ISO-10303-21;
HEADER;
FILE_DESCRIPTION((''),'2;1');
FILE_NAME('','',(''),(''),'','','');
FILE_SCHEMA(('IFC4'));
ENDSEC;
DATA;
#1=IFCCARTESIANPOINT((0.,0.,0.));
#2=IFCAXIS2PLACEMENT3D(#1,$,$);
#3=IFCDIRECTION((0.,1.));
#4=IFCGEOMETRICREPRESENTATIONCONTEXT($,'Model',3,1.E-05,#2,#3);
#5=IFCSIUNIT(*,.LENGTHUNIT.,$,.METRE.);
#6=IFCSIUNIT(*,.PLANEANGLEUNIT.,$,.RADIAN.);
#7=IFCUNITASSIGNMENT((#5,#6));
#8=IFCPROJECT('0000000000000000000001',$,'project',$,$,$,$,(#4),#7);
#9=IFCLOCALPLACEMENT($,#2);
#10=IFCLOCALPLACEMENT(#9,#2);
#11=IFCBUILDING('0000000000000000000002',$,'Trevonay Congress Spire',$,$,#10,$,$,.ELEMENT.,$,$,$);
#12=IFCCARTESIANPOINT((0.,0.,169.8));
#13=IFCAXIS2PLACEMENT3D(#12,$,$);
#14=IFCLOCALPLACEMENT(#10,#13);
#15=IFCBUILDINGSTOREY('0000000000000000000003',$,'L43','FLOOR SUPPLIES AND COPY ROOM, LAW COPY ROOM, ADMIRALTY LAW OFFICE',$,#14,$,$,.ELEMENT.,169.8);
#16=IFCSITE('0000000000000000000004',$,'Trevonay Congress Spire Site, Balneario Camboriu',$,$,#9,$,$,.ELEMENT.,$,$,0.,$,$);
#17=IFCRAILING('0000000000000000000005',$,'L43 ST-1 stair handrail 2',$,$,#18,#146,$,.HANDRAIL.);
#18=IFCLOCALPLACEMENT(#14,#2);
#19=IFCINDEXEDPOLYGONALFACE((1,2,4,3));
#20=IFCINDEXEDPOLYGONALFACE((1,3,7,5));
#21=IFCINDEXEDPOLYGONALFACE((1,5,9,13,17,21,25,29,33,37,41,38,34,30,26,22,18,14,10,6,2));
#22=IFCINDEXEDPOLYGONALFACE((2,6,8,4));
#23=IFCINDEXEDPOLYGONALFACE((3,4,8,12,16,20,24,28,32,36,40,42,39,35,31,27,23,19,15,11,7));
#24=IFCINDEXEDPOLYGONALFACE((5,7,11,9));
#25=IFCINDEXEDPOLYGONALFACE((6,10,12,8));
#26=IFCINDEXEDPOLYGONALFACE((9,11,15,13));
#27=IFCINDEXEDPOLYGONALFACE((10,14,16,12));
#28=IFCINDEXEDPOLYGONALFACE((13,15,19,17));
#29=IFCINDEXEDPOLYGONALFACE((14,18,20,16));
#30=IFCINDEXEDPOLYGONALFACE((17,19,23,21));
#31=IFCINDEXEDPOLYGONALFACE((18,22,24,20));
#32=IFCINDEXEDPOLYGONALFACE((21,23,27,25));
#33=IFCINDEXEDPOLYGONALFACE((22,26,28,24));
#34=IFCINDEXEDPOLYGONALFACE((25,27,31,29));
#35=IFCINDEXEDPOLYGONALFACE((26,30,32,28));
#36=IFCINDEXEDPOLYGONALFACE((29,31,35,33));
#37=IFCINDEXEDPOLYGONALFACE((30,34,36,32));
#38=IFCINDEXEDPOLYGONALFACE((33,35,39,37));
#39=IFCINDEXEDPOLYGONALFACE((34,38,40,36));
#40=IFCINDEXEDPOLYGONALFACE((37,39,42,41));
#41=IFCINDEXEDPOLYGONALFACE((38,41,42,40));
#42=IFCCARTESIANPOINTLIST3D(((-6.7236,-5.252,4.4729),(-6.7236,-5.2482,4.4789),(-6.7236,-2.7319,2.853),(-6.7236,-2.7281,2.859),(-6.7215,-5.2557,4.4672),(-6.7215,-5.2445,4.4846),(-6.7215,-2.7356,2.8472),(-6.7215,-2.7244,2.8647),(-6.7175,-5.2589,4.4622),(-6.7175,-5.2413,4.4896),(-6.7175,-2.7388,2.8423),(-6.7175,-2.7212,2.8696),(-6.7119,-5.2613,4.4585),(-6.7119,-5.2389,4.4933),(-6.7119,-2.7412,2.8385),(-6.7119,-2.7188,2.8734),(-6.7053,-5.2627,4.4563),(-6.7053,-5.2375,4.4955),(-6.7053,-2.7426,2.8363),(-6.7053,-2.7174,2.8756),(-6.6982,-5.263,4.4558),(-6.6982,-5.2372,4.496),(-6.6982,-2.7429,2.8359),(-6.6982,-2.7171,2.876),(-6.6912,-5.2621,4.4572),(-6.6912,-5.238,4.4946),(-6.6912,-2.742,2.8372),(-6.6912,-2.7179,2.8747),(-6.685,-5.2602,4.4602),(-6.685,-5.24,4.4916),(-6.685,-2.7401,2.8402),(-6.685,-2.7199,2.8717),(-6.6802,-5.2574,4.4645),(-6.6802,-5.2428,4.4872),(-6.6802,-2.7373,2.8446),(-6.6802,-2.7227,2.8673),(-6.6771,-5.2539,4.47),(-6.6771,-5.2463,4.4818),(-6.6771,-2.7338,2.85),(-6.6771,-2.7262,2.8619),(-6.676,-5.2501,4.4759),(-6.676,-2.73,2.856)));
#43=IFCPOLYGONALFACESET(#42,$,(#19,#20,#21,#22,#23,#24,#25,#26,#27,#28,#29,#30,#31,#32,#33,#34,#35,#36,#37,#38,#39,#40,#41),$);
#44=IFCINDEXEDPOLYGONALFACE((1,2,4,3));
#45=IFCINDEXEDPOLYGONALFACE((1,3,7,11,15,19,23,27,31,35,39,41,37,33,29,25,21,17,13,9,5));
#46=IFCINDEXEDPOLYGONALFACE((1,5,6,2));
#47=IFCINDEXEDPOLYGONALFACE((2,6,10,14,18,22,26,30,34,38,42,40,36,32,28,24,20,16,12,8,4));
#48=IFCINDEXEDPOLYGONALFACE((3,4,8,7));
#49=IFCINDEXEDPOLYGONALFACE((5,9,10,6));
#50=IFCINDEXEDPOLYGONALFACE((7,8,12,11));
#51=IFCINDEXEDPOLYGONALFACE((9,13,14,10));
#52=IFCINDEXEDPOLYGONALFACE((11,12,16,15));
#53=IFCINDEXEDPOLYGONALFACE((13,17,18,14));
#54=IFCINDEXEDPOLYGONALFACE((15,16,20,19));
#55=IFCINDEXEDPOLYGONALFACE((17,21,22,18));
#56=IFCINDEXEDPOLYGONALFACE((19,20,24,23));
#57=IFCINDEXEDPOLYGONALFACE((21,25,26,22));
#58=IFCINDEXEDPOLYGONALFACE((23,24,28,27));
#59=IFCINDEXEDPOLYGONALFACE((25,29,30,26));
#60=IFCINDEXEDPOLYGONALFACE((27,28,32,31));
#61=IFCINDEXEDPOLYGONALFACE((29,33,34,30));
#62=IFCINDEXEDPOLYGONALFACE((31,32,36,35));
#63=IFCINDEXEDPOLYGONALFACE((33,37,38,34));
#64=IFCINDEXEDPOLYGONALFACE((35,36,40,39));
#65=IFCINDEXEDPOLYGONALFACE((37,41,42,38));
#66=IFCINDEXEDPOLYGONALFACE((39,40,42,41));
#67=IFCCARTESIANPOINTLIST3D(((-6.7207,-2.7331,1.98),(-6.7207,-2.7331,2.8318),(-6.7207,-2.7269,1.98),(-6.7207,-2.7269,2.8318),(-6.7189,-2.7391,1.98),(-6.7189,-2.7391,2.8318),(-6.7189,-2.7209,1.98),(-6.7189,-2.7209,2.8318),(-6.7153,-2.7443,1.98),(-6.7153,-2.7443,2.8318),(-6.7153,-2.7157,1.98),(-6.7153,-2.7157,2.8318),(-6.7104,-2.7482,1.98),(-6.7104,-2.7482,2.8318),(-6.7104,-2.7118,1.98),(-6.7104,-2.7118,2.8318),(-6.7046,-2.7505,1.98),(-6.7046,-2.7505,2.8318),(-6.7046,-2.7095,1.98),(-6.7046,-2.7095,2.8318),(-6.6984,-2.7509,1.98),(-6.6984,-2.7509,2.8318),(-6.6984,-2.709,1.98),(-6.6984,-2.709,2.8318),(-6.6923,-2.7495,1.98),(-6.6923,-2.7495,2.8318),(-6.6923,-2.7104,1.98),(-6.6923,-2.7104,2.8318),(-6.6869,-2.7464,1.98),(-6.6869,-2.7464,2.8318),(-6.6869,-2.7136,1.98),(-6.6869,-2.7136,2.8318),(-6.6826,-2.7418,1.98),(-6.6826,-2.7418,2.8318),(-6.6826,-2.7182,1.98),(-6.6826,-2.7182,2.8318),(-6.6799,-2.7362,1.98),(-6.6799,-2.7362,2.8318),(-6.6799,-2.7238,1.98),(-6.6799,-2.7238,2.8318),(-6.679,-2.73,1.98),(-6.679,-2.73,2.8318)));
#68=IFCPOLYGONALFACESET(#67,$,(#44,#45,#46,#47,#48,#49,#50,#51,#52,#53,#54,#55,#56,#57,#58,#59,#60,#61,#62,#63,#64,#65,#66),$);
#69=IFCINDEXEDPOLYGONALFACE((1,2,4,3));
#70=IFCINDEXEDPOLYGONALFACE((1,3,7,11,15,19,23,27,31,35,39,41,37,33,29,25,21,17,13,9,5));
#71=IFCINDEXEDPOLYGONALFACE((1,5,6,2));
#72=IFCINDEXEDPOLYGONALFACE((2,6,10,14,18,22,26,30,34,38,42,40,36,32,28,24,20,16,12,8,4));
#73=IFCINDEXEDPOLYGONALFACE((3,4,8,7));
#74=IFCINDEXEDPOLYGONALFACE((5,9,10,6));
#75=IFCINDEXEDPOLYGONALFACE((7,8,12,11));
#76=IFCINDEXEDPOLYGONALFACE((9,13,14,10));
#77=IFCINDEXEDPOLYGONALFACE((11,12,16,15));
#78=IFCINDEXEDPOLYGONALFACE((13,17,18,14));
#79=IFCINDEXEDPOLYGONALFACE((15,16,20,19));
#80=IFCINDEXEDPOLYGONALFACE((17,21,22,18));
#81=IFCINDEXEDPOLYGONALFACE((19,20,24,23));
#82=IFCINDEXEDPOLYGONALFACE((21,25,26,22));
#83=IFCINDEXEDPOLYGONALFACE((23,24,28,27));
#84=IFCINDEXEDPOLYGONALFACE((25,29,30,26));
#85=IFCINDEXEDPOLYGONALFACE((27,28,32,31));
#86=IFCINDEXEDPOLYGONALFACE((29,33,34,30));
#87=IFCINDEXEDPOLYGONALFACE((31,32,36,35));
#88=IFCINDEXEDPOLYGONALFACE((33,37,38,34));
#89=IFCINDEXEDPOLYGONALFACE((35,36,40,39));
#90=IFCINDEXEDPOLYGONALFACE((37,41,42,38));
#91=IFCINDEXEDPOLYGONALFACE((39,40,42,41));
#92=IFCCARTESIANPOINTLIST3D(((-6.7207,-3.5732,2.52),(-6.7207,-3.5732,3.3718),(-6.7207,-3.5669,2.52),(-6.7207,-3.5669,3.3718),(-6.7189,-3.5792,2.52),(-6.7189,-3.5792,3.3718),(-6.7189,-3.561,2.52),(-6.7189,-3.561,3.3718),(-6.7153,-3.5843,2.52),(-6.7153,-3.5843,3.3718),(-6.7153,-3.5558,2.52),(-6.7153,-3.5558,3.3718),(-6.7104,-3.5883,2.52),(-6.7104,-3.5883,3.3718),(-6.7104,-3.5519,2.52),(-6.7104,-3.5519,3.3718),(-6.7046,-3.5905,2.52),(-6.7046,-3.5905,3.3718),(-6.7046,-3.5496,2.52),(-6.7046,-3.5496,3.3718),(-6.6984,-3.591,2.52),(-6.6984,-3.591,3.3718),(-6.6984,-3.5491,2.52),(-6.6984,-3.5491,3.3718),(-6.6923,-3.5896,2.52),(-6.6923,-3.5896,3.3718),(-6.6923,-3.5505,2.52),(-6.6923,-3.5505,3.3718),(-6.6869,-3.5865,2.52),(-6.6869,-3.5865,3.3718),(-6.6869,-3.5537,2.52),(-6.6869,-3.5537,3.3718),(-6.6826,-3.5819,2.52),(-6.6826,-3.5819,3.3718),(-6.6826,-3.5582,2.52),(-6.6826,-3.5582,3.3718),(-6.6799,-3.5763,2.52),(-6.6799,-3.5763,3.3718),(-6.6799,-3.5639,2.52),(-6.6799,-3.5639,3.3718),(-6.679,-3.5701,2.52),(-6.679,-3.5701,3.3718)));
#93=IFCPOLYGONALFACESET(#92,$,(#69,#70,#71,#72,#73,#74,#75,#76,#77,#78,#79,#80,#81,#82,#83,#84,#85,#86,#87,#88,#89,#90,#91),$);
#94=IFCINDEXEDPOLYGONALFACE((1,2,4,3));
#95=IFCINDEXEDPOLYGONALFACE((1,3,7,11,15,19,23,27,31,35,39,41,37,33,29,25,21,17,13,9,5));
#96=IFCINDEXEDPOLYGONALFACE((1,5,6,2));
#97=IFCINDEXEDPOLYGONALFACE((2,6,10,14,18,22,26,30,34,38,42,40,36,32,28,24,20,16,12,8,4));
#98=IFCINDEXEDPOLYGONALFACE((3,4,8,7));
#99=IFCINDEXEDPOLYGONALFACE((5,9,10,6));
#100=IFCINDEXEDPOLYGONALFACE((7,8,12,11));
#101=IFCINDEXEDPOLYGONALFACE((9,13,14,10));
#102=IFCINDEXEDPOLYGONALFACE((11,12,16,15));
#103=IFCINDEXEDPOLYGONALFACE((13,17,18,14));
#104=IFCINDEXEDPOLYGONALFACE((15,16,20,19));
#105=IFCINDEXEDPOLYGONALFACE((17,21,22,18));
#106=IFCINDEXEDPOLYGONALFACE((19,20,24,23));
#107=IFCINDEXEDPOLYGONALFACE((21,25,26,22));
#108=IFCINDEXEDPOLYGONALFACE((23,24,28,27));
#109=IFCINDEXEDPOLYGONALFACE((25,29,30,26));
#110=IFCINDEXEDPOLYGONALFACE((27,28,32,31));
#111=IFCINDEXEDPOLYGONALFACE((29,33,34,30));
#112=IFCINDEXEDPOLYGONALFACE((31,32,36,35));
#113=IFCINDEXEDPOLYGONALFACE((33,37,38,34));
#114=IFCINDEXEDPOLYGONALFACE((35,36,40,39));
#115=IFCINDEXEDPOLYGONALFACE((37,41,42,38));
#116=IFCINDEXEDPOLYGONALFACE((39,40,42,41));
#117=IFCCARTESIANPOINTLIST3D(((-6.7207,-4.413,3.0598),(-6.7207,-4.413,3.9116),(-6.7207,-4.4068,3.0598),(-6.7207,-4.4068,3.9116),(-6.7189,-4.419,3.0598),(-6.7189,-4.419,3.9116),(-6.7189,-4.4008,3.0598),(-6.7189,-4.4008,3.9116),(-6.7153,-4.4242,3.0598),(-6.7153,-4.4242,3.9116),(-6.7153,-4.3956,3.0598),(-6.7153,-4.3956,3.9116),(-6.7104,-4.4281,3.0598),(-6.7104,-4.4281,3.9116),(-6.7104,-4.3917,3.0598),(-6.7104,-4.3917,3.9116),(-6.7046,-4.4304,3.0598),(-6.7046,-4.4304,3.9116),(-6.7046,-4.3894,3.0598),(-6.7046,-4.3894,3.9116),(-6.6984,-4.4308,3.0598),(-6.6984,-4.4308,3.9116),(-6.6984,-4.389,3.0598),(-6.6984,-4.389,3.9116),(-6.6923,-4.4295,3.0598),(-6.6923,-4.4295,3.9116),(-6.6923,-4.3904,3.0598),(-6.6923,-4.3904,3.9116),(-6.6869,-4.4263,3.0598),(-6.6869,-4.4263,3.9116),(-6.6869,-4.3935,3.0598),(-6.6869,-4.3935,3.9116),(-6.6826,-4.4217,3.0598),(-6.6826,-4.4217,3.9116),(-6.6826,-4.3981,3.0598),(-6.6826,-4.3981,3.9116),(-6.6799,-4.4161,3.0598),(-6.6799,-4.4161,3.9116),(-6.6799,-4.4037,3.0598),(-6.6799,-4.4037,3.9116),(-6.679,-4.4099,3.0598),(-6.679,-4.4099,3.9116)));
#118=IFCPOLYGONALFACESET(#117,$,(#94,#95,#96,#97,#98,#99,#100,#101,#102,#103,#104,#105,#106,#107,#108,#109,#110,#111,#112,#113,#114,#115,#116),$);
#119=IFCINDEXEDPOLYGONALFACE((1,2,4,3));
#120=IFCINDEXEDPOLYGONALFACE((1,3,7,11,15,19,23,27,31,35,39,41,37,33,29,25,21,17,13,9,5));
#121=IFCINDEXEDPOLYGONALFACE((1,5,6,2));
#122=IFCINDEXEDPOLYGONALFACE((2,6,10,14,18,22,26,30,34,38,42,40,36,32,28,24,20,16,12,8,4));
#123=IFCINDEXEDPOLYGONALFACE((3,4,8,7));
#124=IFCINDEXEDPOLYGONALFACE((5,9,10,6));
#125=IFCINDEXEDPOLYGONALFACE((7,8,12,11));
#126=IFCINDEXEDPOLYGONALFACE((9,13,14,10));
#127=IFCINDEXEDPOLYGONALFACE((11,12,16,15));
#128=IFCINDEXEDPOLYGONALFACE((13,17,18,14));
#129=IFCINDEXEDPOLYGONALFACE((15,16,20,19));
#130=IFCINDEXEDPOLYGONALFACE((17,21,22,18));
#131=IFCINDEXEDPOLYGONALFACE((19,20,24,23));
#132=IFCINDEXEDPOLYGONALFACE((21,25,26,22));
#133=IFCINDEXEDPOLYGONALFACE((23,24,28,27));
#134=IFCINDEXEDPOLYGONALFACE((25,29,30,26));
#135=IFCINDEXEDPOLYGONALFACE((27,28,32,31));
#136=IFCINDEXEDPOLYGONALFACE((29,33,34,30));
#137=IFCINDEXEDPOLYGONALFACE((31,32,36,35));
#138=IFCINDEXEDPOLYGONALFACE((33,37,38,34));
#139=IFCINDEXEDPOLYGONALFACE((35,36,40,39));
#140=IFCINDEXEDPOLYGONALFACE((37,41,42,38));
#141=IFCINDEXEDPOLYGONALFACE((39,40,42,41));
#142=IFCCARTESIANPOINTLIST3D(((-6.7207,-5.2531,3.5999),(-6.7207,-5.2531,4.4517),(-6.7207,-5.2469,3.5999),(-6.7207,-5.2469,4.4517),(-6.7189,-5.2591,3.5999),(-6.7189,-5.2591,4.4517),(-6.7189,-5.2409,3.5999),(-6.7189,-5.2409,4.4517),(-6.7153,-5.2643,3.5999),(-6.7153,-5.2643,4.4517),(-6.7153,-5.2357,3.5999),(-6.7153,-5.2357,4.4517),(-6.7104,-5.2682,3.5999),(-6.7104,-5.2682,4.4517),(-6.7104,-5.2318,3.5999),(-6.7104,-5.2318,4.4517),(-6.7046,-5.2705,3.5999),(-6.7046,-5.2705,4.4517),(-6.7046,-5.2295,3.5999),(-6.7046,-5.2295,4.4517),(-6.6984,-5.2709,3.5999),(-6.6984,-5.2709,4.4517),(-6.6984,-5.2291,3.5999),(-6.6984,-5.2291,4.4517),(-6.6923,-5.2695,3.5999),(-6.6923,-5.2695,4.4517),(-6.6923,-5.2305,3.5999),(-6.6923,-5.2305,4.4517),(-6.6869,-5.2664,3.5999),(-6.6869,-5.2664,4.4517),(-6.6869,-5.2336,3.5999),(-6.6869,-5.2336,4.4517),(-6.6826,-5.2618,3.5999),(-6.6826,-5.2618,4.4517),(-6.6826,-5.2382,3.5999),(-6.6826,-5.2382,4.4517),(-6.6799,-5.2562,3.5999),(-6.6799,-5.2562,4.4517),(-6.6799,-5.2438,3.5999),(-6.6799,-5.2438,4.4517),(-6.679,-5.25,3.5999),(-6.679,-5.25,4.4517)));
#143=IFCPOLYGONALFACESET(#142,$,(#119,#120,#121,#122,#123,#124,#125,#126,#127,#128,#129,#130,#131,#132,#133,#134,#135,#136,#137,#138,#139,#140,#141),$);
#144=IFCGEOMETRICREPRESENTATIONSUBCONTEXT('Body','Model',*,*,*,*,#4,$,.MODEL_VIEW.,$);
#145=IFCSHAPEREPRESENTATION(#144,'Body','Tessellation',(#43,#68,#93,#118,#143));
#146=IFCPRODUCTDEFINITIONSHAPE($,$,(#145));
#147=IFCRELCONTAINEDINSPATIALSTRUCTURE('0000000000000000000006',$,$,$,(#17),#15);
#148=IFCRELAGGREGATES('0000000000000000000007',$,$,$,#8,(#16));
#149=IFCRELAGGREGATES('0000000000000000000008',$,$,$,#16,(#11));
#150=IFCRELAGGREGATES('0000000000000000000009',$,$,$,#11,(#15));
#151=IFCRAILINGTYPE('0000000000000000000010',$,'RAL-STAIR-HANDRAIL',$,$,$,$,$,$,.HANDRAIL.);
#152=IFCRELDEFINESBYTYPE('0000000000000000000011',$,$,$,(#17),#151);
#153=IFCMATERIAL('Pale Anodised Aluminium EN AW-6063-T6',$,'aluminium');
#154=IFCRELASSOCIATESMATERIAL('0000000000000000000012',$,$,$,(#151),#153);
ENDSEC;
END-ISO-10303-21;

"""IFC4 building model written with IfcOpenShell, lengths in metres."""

from ifc_helpers import new_model, si_unit, direction, frame, origin, origin_2d, place, context, subcontext, project, spatial, circle, extrude, material, type_object, element, save


model = new_model("IFC4")

# Units and contexts
model_context = context("Model", 3, precision=1e-05, world=origin(), true_north=direction((0.0, 1.0)))
body_context = subcontext(model_context, "Body", "Model", "MODEL_VIEW")
ifc_project = project(units=[si_unit("LENGTHUNIT", "METRE"), si_unit("PLANEANGLEUNIT", "RADIAN")], contexts=[model_context])

# Site, building, storey
site_placement = place(None, origin())
site = spatial("IfcSite", under=ifc_project, at=site_placement, Name="Trevonay Congress Spire Site, Balneario Camboriu", CompositionType="ELEMENT", RefElevation=0.0)
building_placement = place(site_placement, origin())
building = spatial("IfcBuilding", under=site, at=building_placement, Name="Trevonay Congress Spire", CompositionType="ELEMENT")
storey_placement = place(building_placement, frame((0.0, 0.0, 169.8)))
storey = spatial("IfcBuildingStorey", under=building, at=storey_placement, Name="L43", Description="FLOOR SUPPLIES AND COPY ROOM, LAW COPY ROOM, ADMIRALTY LAW OFFICE", CompositionType="ELEMENT", Elevation=169.8)

# Railing
ifc_material_1 = material(Name="Pale Anodised Aluminium EN AW-6063-T6", Category="aluminium")
railing_type_1 = type_object("IfcRailingType", Name="RAL-STAIR-HANDRAIL", PredefinedType="HANDRAIL", material=ifc_material_1)
railing_1_placement = place(storey_placement, frame((-6.7, -2.73, 1.98)))
element("IfcRailing", 1, at=railing_1_placement, inside=storey, type_object=railing_type_1, Name="L43 ST-1 stair handrail 2", PredefinedType="HANDRAIL", context=body_context, shape_type="SweptSolid", body=[
    extrude(circle(Radius=0.0239, at=origin_2d()), frame((0.0, 0.0, 0.876), z_axis=(0.0, -0.8412, 0.540725), x_axis=(1.0, 0.0, 0.0)), (0.0, 0.0, 1.0), 2.9958),
    extrude(circle(Radius=0.021, at=origin_2d()), origin(), (0.0, 0.0, 1.0), 0.8518),
    extrude(circle(Radius=0.021, at=origin_2d()), frame((0.0, -0.8401, 0.54)), (0.0, 0.0, 1.0), 0.8518),
    extrude(circle(Radius=0.021, at=origin_2d()), frame((0.0, -1.6799, 1.0798)), (0.0, 0.0, 1.0), 0.8518),
    extrude(circle(Radius=0.021, at=origin_2d()), frame((0.0, -2.52, 1.6199)), (0.0, 0.0, 1.0), 0.8518),
])

save(model, "model.ifc")
